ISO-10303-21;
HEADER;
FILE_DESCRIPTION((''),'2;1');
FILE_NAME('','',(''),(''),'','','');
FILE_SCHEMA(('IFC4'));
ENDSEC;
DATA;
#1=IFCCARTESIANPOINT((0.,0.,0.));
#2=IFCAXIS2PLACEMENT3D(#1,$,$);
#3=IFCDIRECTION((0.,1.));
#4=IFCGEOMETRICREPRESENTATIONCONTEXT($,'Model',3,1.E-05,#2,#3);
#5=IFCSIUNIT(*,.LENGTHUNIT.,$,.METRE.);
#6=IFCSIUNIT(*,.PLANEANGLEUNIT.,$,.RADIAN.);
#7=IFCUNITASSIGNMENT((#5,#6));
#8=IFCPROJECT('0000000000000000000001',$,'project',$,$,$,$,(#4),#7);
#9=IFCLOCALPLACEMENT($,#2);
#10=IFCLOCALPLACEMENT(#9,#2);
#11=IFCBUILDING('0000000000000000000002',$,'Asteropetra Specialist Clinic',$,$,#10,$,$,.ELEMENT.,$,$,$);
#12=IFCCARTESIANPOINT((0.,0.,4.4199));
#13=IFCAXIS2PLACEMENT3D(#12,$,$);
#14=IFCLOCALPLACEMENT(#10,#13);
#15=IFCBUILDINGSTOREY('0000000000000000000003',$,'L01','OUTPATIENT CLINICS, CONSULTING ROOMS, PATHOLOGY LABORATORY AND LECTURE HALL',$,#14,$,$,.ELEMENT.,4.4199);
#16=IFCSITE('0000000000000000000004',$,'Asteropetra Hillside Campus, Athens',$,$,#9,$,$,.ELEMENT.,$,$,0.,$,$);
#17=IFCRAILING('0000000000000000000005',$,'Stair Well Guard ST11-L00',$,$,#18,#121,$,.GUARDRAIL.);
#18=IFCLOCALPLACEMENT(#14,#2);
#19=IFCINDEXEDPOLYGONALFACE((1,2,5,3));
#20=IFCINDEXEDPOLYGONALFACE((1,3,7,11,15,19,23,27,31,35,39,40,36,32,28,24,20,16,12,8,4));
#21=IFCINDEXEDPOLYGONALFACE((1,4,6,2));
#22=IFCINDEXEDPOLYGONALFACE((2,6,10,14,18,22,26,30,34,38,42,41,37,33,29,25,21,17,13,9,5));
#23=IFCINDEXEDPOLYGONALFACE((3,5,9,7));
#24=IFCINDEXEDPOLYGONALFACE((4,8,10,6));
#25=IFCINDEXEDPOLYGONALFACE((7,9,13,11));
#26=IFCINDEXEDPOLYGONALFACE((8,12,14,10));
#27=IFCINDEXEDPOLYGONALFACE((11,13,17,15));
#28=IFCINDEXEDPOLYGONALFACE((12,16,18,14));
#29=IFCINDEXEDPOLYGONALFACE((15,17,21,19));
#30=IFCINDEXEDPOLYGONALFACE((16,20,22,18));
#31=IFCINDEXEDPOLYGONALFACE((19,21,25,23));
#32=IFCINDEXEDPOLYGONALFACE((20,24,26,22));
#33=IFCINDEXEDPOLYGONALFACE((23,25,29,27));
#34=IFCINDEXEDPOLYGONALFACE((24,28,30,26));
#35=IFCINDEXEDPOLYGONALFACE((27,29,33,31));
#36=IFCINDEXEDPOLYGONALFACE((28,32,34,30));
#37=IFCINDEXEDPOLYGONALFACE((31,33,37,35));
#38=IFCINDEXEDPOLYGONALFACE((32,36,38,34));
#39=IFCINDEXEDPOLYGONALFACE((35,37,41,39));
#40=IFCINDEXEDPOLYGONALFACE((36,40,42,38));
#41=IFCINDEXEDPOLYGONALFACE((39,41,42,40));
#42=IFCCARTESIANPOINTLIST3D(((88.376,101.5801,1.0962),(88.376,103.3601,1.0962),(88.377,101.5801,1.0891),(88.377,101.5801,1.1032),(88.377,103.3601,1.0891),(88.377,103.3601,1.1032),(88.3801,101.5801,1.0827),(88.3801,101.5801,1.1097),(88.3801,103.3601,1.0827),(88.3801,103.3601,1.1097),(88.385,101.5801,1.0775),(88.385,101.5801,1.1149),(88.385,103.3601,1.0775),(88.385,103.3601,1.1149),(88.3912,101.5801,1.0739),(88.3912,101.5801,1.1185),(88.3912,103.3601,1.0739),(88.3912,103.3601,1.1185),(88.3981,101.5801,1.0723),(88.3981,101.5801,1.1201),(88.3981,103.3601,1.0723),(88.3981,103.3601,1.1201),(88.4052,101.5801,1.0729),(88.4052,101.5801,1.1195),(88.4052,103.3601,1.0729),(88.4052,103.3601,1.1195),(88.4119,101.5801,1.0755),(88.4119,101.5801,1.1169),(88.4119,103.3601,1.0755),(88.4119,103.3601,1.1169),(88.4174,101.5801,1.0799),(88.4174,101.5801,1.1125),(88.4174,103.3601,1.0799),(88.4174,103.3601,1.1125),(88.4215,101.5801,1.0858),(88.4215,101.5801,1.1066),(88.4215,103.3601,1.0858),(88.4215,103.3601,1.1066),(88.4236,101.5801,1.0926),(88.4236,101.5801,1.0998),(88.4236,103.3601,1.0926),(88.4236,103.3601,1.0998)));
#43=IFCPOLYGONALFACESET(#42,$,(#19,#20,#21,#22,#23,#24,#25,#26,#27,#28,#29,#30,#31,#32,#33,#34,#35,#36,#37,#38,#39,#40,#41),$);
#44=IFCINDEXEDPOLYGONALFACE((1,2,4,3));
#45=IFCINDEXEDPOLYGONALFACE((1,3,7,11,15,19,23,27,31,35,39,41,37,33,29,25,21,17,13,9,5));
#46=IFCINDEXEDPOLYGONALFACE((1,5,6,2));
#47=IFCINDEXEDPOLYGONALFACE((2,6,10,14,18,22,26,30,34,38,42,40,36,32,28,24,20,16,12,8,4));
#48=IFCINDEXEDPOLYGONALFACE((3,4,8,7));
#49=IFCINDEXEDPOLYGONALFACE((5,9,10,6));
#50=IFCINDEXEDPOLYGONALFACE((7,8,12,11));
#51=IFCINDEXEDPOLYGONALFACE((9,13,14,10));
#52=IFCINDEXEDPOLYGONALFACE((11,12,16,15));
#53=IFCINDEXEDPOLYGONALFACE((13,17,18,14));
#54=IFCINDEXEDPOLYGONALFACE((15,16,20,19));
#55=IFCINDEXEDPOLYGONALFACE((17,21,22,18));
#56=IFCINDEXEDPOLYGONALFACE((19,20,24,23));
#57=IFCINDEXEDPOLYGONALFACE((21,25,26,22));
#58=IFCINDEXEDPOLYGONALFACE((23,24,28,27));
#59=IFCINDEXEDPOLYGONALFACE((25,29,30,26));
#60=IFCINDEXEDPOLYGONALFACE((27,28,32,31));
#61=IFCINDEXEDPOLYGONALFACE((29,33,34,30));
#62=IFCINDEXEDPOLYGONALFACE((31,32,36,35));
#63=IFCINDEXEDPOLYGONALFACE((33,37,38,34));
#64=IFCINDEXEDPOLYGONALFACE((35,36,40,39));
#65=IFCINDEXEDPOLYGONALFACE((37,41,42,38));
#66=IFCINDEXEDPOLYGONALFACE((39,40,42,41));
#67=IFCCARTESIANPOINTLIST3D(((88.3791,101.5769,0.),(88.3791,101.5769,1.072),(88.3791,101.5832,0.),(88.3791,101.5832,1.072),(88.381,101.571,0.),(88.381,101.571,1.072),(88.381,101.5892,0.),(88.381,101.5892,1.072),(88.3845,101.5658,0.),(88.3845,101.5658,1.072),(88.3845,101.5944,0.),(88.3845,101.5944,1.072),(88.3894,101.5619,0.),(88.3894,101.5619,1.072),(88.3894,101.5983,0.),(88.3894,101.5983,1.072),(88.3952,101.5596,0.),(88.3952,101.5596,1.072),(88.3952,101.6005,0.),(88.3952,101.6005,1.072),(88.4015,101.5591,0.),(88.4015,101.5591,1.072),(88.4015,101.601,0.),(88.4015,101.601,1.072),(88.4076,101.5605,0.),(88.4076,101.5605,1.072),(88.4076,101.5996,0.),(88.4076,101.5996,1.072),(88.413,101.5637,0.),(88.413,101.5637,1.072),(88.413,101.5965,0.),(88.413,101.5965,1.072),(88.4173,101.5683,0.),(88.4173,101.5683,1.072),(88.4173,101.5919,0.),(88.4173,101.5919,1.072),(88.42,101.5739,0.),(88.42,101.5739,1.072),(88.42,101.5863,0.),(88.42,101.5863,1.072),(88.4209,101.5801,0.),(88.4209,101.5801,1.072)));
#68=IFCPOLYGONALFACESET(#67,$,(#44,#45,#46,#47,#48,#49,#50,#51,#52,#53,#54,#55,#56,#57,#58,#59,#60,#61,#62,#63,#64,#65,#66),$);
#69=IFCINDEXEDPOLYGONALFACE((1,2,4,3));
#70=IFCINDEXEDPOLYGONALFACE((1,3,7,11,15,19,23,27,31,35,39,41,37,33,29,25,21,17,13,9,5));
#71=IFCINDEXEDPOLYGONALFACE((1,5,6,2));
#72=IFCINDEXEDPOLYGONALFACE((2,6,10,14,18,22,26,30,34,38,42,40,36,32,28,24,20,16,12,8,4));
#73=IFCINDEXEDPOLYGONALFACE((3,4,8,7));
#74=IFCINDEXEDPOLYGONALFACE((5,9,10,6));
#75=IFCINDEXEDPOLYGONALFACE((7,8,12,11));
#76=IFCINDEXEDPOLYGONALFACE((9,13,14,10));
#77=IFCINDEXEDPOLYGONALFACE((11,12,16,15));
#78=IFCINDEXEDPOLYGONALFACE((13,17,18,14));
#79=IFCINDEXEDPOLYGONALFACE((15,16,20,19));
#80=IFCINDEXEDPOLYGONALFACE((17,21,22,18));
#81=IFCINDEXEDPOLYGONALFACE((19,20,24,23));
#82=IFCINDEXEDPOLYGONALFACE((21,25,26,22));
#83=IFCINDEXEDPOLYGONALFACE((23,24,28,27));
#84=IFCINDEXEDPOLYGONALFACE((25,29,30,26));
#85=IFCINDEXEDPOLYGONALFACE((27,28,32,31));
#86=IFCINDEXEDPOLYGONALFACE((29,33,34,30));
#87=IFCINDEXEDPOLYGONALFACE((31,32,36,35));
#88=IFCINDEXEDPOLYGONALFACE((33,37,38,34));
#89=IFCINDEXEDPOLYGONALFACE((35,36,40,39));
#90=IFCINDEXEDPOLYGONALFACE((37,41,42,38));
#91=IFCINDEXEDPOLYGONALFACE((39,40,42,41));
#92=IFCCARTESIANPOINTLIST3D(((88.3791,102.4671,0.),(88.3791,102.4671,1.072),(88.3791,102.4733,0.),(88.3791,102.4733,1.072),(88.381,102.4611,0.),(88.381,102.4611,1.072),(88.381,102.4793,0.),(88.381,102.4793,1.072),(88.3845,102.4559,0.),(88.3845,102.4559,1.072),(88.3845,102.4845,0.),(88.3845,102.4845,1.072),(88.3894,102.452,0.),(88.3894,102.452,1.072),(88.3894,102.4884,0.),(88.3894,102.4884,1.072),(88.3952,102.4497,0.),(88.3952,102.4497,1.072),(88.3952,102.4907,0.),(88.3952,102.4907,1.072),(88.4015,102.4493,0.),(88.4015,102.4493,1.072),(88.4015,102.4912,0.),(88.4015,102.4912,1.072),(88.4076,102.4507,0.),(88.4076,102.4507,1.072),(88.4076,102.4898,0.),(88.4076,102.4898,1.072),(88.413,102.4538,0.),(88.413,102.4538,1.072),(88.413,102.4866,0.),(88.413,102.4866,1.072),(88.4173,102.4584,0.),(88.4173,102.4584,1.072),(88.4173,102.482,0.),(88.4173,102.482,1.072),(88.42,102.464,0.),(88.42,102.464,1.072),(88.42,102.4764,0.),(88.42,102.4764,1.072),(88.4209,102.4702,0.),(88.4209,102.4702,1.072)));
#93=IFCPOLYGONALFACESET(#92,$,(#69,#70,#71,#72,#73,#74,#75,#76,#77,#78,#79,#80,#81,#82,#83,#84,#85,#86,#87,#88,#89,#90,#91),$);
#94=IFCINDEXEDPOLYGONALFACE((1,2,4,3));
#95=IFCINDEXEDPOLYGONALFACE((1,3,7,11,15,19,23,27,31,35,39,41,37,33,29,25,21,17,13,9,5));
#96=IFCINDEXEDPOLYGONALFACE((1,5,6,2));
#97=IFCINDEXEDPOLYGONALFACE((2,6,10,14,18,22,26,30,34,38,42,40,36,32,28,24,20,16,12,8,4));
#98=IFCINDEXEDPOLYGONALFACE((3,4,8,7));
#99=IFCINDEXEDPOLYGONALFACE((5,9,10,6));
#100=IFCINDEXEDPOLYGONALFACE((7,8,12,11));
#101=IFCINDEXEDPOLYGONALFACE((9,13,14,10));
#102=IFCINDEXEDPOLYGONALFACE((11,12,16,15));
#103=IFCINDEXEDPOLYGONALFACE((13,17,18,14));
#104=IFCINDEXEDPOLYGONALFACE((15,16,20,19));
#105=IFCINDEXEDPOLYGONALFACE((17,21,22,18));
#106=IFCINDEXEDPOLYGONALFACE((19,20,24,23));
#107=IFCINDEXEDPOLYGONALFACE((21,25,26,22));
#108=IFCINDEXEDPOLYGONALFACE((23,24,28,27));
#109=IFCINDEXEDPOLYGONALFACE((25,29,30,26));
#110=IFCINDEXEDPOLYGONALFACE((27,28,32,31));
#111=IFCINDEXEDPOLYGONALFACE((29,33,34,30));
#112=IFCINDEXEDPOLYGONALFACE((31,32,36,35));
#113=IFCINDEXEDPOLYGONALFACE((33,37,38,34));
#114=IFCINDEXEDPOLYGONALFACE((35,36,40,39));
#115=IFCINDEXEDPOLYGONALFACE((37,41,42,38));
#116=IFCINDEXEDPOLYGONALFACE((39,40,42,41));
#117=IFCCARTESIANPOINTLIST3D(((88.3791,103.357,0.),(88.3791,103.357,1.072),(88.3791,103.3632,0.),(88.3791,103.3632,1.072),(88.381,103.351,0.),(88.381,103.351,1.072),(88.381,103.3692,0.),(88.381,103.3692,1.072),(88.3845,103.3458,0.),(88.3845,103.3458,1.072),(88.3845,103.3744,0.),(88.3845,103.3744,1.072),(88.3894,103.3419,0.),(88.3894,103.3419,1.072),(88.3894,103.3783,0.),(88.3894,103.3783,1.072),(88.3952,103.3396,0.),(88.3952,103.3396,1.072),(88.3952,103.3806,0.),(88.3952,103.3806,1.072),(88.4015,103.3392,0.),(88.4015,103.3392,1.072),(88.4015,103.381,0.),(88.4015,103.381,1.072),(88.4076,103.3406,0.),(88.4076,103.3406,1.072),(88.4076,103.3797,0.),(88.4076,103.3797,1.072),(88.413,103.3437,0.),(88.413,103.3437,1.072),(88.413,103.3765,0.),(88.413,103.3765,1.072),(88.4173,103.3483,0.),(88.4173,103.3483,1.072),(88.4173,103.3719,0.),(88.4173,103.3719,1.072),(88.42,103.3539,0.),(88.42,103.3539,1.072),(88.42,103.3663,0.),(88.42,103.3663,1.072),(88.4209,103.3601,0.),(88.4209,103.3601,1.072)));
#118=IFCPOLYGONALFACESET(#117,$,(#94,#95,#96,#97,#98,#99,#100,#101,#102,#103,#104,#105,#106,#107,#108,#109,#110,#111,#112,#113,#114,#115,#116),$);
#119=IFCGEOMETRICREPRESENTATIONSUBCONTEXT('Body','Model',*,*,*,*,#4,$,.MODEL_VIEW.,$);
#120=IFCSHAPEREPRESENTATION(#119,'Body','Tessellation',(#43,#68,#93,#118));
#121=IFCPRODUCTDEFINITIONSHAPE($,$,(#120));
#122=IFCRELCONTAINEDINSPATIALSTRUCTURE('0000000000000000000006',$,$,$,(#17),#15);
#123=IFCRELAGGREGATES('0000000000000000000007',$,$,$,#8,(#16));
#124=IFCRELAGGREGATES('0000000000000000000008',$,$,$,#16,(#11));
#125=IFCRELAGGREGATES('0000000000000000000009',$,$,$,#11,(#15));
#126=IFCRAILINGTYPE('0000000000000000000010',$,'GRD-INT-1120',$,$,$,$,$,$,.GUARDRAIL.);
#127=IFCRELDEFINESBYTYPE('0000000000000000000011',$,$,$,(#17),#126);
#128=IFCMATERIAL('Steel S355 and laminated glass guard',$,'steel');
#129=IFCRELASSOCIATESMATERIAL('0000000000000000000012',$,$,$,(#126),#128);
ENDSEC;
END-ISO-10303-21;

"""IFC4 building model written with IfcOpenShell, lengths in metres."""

from ifc_helpers import new_model, si_unit, direction, frame, origin, origin_2d, place, context, subcontext, project, spatial, circle, extrude, material, type_object, element, save


model = new_model("IFC4")

# Units and contexts
model_context = context("Model", 3, precision=1e-05, world=origin(), true_north=direction((0.0, 1.0)))
body_context = subcontext(model_context, "Body", "Model", "MODEL_VIEW")
ifc_project = project(units=[si_unit("LENGTHUNIT", "METRE"), si_unit("PLANEANGLEUNIT", "RADIAN")], contexts=[model_context])

# Site, building, storey
site_placement = place(None, origin())
site = spatial("IfcSite", under=ifc_project, at=site_placement, Name="Asteropetra Hillside Campus, Athens", CompositionType="ELEMENT", RefElevation=0.0)
building_placement = place(site_placement, origin())
building = spatial("IfcBuilding", under=site, at=building_placement, Name="Asteropetra Specialist Clinic", CompositionType="ELEMENT")
storey_placement = place(building_placement, frame((0.0, 0.0, 4.4199)))
storey = spatial("IfcBuildingStorey", under=building, at=storey_placement, Name="L01", Description="OUTPATIENT CLINICS, CONSULTING ROOMS, PATHOLOGY LABORATORY AND LECTURE HALL", CompositionType="ELEMENT", Elevation=4.4199)

# Railing
ifc_material_1 = material(Name="Steel S355 and laminated glass guard", Category="steel")
railing_type = type_object("IfcRailingType", Name="GRD-INT-1120", PredefinedType="GUARDRAIL", material=ifc_material_1)
railing_placement = place(storey_placement, frame((88.3999, 101.5801, 0.0)))
element("IfcRailing", 1, at=railing_placement, inside=storey, type_object=railing_type, Name="Stair Well Guard ST11-L00", PredefinedType="GUARDRAIL", context=body_context, shape_type="SweptSolid", body=[
    extrude(circle(Radius=0.0239, at=origin_2d()), frame((0.0, 0.0, 1.0962), z_axis=(0.0, 1.0, 0.0), x_axis=(-1.0, 0.0, 0.0)), (0.0, 0.0, 1.0), 1.78),
    extrude(circle(Radius=0.021, at=origin_2d()), origin(), (0.0, 0.0, 1.0), 1.072),
    extrude(circle(Radius=0.021, at=origin_2d()), frame((0.0, 0.8901, 0.0)), (0.0, 0.0, 1.0), 1.072),
    extrude(circle(Radius=0.021, at=origin_2d()), frame((0.0, 1.78, 0.0)), (0.0, 0.0, 1.0), 1.072),
])

save(model, "model.ifc")
